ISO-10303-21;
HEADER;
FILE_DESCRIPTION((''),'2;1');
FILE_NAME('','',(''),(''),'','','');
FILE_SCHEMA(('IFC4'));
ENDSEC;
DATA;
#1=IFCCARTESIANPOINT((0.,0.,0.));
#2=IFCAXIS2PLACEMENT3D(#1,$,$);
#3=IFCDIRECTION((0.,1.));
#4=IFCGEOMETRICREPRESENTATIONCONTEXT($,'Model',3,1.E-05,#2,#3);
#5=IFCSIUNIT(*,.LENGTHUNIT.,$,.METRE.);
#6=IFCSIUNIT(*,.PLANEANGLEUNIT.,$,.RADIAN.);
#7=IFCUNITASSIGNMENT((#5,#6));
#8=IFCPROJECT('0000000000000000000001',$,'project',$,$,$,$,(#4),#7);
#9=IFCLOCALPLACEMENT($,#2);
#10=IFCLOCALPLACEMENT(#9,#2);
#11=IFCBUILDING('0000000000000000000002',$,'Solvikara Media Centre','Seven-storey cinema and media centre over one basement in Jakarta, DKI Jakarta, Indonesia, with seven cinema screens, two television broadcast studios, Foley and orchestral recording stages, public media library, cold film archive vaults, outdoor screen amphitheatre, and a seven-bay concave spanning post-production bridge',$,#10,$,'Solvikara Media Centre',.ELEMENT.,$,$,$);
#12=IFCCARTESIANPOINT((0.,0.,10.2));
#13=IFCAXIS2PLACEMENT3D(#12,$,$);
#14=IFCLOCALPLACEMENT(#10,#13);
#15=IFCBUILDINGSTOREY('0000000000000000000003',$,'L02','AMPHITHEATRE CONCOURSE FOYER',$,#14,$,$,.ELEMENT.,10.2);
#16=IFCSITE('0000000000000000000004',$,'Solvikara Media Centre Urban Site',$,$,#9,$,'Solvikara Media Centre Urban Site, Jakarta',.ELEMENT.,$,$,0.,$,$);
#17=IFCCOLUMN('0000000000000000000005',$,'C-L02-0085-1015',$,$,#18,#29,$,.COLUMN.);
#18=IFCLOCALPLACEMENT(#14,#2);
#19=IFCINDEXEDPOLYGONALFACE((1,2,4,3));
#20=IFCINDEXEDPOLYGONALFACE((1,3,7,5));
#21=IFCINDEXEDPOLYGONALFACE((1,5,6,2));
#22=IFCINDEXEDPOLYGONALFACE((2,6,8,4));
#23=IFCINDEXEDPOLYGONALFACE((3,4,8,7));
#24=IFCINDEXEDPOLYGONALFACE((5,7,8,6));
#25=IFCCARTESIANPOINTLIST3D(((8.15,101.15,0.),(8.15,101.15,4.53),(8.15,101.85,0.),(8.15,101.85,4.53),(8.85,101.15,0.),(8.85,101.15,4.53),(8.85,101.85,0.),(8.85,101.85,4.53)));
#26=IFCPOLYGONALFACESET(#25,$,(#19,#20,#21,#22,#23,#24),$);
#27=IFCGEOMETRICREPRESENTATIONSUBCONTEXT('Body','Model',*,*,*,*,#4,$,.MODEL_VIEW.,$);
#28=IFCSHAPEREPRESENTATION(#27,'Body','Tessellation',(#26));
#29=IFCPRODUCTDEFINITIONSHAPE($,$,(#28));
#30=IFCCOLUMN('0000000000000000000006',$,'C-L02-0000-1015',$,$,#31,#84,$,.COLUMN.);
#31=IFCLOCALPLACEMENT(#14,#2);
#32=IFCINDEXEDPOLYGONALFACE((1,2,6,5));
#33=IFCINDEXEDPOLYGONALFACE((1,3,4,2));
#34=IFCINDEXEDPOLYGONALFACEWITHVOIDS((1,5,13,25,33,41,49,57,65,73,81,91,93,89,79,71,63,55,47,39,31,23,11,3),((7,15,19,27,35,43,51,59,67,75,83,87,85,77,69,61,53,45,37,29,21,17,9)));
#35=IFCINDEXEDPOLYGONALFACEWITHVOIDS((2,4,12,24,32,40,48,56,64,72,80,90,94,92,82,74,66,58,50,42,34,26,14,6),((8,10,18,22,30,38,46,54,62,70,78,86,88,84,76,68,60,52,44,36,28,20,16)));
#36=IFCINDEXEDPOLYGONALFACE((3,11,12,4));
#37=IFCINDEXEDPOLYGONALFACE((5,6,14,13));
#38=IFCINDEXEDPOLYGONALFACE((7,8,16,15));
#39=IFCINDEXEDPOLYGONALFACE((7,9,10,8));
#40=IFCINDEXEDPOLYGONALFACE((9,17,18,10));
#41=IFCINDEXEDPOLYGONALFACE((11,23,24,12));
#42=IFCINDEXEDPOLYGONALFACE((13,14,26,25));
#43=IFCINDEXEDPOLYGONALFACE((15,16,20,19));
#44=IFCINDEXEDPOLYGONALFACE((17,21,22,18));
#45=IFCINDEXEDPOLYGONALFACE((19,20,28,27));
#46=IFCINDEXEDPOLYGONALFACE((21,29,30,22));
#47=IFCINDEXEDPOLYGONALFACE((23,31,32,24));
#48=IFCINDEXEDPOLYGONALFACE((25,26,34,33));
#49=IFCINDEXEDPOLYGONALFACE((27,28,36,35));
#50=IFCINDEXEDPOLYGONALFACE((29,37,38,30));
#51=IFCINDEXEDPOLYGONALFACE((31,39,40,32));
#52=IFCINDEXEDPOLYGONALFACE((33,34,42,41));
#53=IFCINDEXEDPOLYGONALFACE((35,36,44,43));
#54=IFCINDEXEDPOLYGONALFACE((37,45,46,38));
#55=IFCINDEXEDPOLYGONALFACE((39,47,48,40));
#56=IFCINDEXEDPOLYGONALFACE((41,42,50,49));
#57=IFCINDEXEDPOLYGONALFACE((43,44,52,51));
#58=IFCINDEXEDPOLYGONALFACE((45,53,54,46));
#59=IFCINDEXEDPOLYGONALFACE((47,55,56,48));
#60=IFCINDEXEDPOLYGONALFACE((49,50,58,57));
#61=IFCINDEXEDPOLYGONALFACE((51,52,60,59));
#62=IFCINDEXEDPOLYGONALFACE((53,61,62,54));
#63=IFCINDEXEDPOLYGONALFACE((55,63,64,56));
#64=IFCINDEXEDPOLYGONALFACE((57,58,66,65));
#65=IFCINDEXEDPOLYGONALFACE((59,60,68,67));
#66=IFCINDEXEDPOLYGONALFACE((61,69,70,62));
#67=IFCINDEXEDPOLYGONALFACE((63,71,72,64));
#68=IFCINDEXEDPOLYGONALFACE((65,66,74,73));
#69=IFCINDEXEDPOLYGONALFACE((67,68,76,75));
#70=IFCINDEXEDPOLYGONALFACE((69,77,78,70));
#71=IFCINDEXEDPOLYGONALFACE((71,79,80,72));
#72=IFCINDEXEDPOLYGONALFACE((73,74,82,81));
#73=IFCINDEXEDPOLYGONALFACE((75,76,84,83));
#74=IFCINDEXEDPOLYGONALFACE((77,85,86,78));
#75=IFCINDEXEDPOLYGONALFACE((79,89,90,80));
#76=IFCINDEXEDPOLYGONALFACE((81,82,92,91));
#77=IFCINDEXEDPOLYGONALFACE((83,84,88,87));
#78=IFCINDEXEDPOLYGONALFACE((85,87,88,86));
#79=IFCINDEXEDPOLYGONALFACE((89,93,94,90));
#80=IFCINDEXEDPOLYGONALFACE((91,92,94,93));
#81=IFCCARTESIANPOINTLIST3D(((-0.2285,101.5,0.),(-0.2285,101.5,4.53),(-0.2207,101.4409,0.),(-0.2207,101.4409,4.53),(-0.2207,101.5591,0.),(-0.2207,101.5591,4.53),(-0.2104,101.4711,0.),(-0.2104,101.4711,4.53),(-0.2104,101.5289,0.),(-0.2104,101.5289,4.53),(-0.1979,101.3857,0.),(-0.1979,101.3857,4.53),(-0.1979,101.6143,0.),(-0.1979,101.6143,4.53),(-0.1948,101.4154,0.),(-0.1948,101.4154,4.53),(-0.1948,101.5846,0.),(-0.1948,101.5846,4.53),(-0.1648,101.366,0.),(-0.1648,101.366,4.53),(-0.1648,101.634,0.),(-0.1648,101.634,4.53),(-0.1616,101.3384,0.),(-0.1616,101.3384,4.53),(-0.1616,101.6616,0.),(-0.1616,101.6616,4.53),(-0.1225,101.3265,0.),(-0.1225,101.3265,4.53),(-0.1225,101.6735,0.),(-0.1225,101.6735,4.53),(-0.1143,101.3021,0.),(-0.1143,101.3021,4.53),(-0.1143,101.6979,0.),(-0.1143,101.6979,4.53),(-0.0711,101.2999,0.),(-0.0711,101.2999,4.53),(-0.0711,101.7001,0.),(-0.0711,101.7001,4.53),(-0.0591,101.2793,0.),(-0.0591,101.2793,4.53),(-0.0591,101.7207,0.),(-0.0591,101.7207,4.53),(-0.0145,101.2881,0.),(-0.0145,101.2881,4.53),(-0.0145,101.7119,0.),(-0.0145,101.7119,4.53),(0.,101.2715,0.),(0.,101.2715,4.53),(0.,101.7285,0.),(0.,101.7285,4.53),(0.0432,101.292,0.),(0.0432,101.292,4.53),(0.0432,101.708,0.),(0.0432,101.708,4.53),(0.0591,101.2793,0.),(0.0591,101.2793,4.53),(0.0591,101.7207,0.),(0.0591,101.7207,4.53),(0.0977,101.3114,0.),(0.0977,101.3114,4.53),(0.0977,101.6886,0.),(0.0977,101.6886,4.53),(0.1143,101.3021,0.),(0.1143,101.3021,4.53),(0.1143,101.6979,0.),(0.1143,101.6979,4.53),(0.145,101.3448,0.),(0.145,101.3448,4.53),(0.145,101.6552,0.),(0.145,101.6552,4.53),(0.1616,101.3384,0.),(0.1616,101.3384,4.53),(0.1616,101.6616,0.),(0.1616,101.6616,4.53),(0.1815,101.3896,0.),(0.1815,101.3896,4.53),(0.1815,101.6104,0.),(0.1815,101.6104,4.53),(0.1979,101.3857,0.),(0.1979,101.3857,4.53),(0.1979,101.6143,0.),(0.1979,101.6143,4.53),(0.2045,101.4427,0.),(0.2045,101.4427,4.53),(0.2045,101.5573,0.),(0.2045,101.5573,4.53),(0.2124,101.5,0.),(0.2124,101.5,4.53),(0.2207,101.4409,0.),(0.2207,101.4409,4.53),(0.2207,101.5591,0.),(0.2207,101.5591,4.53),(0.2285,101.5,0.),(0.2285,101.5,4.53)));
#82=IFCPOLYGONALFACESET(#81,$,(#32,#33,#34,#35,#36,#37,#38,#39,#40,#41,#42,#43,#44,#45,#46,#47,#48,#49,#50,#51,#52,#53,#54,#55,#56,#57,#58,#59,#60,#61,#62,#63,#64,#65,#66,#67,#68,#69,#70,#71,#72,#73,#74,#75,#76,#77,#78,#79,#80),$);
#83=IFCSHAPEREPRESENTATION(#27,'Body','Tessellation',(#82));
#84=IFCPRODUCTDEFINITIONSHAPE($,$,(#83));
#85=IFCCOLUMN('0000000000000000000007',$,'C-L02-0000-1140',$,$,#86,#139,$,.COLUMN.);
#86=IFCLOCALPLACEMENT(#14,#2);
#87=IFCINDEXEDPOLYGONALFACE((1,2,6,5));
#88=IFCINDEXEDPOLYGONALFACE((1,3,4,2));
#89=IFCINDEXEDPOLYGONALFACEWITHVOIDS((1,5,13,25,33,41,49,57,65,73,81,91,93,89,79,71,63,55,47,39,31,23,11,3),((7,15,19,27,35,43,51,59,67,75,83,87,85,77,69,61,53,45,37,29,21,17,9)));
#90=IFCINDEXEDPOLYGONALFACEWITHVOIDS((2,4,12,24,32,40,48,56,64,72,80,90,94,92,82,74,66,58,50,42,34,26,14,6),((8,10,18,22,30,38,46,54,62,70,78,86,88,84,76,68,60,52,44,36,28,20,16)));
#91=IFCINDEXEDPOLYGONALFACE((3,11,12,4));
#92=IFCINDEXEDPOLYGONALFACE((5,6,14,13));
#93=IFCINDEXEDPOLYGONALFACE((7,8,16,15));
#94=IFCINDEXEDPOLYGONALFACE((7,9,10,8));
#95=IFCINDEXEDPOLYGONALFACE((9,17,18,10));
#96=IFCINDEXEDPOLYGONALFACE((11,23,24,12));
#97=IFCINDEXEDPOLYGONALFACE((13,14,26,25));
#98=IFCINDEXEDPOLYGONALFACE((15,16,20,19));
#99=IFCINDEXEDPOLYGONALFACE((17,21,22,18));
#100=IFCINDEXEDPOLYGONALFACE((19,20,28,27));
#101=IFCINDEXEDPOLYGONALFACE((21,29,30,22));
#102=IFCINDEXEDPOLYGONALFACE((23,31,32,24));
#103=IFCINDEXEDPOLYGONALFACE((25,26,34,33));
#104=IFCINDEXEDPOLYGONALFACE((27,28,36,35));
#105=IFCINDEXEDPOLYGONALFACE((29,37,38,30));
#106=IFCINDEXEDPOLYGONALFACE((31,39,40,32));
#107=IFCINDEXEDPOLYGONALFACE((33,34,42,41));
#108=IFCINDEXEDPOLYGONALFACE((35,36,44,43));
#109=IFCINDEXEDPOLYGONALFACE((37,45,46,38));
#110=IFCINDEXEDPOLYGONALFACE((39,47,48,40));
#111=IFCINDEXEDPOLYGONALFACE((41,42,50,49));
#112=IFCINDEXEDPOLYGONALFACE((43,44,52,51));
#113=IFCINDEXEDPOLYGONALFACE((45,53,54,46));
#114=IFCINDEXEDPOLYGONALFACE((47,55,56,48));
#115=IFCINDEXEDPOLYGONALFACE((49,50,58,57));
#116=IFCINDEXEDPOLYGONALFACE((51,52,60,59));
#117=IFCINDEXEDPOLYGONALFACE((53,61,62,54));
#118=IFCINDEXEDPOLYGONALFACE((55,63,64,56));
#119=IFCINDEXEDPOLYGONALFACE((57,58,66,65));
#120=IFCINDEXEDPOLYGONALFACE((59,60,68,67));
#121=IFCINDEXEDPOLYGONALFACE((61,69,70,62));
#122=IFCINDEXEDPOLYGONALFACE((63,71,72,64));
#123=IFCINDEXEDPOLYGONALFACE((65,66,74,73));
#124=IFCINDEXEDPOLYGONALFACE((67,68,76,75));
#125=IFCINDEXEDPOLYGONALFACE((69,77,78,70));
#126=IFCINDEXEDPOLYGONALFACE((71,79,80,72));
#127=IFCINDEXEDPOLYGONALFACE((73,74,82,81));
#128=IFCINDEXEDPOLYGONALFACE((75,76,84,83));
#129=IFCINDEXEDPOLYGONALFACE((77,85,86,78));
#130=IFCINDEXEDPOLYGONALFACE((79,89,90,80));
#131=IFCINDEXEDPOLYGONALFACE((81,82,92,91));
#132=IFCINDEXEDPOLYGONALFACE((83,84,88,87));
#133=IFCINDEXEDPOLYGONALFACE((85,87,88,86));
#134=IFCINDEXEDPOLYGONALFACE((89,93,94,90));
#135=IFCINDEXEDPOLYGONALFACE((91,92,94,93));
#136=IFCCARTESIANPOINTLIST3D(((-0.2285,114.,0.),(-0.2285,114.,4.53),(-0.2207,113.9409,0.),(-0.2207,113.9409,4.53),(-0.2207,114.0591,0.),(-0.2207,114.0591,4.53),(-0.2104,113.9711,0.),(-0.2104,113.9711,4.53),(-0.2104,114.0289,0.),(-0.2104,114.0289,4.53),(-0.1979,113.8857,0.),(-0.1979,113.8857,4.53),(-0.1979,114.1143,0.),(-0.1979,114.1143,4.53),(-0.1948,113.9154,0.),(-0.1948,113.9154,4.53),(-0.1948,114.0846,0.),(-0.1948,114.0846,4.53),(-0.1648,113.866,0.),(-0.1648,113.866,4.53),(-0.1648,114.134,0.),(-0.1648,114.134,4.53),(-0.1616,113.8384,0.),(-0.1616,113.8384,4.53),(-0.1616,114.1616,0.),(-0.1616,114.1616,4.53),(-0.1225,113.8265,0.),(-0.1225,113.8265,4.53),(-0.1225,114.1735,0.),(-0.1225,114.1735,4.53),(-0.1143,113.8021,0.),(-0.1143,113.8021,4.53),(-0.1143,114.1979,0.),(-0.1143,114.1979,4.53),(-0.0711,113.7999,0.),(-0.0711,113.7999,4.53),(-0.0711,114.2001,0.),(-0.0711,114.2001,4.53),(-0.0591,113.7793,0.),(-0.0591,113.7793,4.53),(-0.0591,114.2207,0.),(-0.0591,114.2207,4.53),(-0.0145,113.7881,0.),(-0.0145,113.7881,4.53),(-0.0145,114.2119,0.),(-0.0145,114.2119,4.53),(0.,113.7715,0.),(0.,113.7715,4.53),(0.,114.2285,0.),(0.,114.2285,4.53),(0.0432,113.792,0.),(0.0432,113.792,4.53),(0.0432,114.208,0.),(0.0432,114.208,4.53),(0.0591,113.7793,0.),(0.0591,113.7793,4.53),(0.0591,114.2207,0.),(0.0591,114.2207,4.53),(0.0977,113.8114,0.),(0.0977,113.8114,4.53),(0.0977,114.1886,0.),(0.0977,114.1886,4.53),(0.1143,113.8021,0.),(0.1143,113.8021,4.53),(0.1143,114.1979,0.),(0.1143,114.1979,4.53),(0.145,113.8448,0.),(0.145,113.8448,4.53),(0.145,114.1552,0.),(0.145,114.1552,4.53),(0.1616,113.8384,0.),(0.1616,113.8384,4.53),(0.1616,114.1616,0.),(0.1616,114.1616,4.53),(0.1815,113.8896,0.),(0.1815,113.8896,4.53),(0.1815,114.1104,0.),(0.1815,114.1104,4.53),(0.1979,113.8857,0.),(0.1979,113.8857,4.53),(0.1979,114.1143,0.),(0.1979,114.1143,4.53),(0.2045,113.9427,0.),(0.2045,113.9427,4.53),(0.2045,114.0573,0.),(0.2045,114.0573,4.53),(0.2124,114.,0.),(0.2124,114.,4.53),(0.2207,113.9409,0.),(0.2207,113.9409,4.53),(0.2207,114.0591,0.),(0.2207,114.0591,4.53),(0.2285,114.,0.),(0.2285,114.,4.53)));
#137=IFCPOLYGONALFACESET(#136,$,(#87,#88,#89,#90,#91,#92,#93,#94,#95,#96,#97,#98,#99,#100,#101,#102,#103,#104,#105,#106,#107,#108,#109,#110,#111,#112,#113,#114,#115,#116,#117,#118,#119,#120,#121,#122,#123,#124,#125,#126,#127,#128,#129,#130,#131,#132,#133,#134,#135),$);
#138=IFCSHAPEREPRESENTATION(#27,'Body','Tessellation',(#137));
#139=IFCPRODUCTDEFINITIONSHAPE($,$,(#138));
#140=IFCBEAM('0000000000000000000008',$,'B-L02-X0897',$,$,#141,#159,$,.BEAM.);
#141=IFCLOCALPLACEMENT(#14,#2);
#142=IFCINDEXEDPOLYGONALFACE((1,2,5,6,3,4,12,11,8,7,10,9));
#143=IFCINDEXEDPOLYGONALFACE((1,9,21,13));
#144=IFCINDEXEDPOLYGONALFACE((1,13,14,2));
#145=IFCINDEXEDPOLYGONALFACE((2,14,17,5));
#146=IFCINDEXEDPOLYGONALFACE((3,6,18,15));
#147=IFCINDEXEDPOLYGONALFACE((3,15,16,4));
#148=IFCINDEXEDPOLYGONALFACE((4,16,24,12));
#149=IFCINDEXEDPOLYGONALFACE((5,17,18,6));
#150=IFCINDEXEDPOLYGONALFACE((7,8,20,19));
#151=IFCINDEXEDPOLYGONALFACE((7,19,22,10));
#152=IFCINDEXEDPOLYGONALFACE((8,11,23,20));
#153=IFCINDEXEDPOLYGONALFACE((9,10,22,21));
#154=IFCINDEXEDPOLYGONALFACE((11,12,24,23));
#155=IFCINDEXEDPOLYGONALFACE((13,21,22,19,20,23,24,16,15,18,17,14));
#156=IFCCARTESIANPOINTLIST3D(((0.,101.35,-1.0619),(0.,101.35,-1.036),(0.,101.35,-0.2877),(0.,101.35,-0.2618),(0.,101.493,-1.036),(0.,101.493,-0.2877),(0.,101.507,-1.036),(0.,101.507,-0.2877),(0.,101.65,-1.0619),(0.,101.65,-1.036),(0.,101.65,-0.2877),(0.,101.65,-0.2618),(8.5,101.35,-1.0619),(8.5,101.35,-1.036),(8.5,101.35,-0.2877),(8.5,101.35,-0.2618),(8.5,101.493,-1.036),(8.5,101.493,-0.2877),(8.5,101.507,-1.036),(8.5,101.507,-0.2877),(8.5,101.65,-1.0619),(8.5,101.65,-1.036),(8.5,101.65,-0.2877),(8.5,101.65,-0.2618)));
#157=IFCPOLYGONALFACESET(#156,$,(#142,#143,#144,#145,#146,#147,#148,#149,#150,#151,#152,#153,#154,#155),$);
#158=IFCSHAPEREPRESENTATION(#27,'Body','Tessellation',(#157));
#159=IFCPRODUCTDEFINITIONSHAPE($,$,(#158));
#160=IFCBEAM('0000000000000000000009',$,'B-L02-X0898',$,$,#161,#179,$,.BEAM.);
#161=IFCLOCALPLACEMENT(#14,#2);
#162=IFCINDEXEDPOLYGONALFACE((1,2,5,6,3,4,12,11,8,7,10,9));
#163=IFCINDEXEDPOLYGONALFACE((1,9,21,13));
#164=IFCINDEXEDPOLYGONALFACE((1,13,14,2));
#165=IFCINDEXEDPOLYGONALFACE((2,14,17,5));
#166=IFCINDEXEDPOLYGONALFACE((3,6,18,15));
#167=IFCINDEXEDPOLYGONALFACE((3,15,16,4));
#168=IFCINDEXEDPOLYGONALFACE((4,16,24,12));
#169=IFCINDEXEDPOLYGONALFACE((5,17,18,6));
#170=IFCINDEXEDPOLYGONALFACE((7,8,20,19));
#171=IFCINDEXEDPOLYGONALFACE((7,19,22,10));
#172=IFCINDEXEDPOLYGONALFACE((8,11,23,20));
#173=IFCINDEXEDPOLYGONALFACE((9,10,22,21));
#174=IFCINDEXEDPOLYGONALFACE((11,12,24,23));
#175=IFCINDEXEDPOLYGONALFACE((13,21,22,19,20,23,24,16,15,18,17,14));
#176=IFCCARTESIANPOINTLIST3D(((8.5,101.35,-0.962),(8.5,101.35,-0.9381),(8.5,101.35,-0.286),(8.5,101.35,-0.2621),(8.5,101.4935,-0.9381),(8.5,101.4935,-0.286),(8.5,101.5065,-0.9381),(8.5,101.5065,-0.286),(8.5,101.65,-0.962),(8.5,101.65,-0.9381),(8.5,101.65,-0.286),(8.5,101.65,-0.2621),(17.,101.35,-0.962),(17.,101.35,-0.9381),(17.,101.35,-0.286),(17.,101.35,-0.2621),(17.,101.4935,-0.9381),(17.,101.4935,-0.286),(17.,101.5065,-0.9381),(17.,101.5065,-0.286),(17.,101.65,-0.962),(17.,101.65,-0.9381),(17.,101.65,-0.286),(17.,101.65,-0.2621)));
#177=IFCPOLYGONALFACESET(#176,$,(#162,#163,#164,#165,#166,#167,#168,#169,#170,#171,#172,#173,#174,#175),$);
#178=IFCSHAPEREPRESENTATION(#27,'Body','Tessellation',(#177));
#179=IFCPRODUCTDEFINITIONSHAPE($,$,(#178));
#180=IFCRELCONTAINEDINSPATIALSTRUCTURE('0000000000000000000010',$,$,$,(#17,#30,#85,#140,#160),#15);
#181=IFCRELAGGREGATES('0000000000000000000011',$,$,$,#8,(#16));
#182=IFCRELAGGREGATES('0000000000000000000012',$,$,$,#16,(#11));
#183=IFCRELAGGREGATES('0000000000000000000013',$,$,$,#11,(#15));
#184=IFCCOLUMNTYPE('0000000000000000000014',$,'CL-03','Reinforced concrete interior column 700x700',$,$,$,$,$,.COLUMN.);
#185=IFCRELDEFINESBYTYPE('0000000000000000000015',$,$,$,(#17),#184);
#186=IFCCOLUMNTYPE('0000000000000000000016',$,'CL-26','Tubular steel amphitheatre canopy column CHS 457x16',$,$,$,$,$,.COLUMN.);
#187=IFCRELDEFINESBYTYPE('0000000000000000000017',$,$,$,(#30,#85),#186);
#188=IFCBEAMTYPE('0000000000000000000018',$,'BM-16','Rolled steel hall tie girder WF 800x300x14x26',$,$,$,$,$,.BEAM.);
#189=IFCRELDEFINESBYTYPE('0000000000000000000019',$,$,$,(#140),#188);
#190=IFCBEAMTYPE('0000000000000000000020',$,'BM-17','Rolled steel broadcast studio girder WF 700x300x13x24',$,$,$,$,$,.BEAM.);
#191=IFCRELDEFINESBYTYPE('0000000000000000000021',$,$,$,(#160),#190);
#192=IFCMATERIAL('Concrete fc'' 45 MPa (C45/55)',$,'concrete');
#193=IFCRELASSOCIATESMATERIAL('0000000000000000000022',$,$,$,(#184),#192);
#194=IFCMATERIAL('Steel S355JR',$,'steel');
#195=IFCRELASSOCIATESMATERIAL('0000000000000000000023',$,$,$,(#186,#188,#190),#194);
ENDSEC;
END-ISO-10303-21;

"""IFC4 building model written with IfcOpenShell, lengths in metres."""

from ifc_helpers import new_model, si_unit, direction, frame, origin, origin_2d, place, context, subcontext, project, spatial, rectangle, hollow_circle, i_section, extrude, material, material_profile, profile_set, type_object, element, save


model = new_model("IFC4")

# Units and contexts
model_context = context("Model", 3, precision=1e-05, world=origin(), true_north=direction((0.0, 1.0)))
body_context = subcontext(model_context, "Body", "Model", "MODEL_VIEW")
ifc_project = project(units=[si_unit("LENGTHUNIT", "METRE"), si_unit("PLANEANGLEUNIT", "RADIAN")], contexts=[model_context])

# Site, building, storey
site_placement = place(None, origin())
site = spatial("IfcSite", under=ifc_project, at=site_placement, Name="Solvikara Media Centre Urban Site", LongName="Solvikara Media Centre Urban Site, Jakarta", CompositionType="ELEMENT", RefElevation=0.0)
building_placement = place(site_placement, origin())
building = spatial("IfcBuilding", under=site, at=building_placement, Name="Solvikara Media Centre", Description="Seven-storey cinema and media centre over one basement in Jakarta, DKI Jakarta, Indonesia, with seven cinema screens, two television broadcast studios, Foley and orchestral recording stages, public media library, cold film archive vaults, outdoor screen amphitheatre, and a seven-bay concave spanning post-production bridge", LongName="Solvikara Media Centre", CompositionType="ELEMENT")
storey_placement = place(building_placement, frame((0.0, 0.0, 10.2)))
storey = spatial("IfcBuildingStorey", under=building, at=storey_placement, Name="L02", Description="AMPHITHEATRE CONCOURSE FOYER", CompositionType="ELEMENT", Elevation=10.2)

# Columns
ifc_material_1 = material(Name="Concrete fc' 45 MPa (C45/55)", Category="concrete")
ifc_material_profile_1 = material_profile(ifc_material_1, rectangle(XDim=0.7, YDim=0.7, at=origin_2d()), Name="RC 700x700")
ifc_profile_set_1 = profile_set([ifc_material_profile_1], Name="Concrete fc' 45 MPa (C45/55)")
column_type_1 = type_object("IfcColumnType", Name="CL-03", Description="Reinforced concrete interior column 700x700", PredefinedType="COLUMN", material=ifc_profile_set_1)
column_placement = place(storey_placement, frame((8.5, 101.5, 0.0), z_axis=(0.0, 0.0, 1.0), x_axis=(1.0, 0.0, 0.0)))
element("IfcColumn", 1, at=column_placement, inside=storey, type_object=column_type_1, Name="C-L02-0085-1015", PredefinedType="COLUMN", context=body_context, shape_type="SweptSolid", body=[
    extrude(rectangle(XDim=0.7, YDim=0.7, at=origin_2d()), origin(), (0.0, 0.0, 1.0), 4.53),
])
ifc_material_2 = material(Name="Steel S355JR", Category="steel")
ifc_material_profile_2 = material_profile(ifc_material_2, hollow_circle(Radius=0.2285, WallThickness=0.0161, at=origin_2d()), Name="CHS 457x16")
ifc_profile_set_2 = profile_set([ifc_material_profile_2], Name="Steel S355JR")
column_type_2 = type_object("IfcColumnType", Name="CL-26", Description="Tubular steel amphitheatre canopy column CHS 457x16", PredefinedType="COLUMN", material=ifc_profile_set_2)
for number, where, z_axis, x_axis, name in (
    (2, (0.0, 101.5, 0.0), (0.0, 0.0, 1.0), (1.0, 0.0, 0.0), "C-L02-0000-1015"),
    (3, (0.0, 114.0, 0.0), (0.0, 0.0, 1.0), (1.0, 0.0, 0.0), "C-L02-0000-1140"),
):
    element("IfcColumn", number, at=place(storey_placement, frame(where, z_axis=z_axis, x_axis=x_axis)), inside=storey, type_object=column_type_2, Name=name, PredefinedType="COLUMN", context=body_context, shape_type="SweptSolid", body=[
        extrude(hollow_circle(Radius=0.2285, WallThickness=0.0161, at=origin_2d()), origin(), (0.0, 0.0, 1.0), 4.53),
    ])

# Beams
ifc_material_profile_3 = material_profile(ifc_material_2, i_section(OverallWidth=0.3, OverallDepth=0.8, WebThickness=0.0139, FlangeThickness=0.0259, at=origin_2d()), Name="WF 800x300x14x26")
ifc_profile_set_3 = profile_set([ifc_material_profile_3], Name="Steel S355JR")
beam_type_1 = type_object("IfcBeamType", Name="BM-16", Description="Rolled steel hall tie girder WF 800x300x14x26", PredefinedType="BEAM", material=ifc_profile_set_3)
beam_1_placement = place(storey_placement, frame((0.0, 101.5, -0.6619), z_axis=(1.0, 0.0, 0.0), x_axis=(0.0, 1.0, 0.0)))
element("IfcBeam", 4, at=beam_1_placement, inside=storey, type_object=beam_type_1, Name="B-L02-X0897", PredefinedType="BEAM", context=body_context, shape_type="SweptSolid", body=[
    extrude(i_section(OverallWidth=0.3, OverallDepth=0.8, WebThickness=0.0139, FlangeThickness=0.0259, at=origin_2d()), origin(), (0.0, 0.0, 1.0), 8.5),
])
ifc_material_profile_4 = material_profile(ifc_material_2, i_section(OverallWidth=0.3, OverallDepth=0.7, WebThickness=0.0129, FlangeThickness=0.0239, at=origin_2d()), Name="WF 700x300x13x24")
ifc_profile_set_4 = profile_set([ifc_material_profile_4], Name="Steel S355JR")
beam_type_2 = type_object("IfcBeamType", Name="BM-17", Description="Rolled steel broadcast studio girder WF 700x300x13x24", PredefinedType="BEAM", material=ifc_profile_set_4)
beam_2_placement = place(storey_placement, frame((8.5, 101.5, -0.6121), z_axis=(1.0, 0.0, 0.0), x_axis=(0.0, 1.0, 0.0)))
element("IfcBeam", 5, at=beam_2_placement, inside=storey, type_object=beam_type_2, Name="B-L02-X0898", PredefinedType="BEAM", context=body_context, shape_type="SweptSolid", body=[
    extrude(i_section(OverallWidth=0.3, OverallDepth=0.7, WebThickness=0.0129, FlangeThickness=0.0239, at=origin_2d()), origin(), (0.0, 0.0, 1.0), 8.5),
])

save(model, "model.ifc")
